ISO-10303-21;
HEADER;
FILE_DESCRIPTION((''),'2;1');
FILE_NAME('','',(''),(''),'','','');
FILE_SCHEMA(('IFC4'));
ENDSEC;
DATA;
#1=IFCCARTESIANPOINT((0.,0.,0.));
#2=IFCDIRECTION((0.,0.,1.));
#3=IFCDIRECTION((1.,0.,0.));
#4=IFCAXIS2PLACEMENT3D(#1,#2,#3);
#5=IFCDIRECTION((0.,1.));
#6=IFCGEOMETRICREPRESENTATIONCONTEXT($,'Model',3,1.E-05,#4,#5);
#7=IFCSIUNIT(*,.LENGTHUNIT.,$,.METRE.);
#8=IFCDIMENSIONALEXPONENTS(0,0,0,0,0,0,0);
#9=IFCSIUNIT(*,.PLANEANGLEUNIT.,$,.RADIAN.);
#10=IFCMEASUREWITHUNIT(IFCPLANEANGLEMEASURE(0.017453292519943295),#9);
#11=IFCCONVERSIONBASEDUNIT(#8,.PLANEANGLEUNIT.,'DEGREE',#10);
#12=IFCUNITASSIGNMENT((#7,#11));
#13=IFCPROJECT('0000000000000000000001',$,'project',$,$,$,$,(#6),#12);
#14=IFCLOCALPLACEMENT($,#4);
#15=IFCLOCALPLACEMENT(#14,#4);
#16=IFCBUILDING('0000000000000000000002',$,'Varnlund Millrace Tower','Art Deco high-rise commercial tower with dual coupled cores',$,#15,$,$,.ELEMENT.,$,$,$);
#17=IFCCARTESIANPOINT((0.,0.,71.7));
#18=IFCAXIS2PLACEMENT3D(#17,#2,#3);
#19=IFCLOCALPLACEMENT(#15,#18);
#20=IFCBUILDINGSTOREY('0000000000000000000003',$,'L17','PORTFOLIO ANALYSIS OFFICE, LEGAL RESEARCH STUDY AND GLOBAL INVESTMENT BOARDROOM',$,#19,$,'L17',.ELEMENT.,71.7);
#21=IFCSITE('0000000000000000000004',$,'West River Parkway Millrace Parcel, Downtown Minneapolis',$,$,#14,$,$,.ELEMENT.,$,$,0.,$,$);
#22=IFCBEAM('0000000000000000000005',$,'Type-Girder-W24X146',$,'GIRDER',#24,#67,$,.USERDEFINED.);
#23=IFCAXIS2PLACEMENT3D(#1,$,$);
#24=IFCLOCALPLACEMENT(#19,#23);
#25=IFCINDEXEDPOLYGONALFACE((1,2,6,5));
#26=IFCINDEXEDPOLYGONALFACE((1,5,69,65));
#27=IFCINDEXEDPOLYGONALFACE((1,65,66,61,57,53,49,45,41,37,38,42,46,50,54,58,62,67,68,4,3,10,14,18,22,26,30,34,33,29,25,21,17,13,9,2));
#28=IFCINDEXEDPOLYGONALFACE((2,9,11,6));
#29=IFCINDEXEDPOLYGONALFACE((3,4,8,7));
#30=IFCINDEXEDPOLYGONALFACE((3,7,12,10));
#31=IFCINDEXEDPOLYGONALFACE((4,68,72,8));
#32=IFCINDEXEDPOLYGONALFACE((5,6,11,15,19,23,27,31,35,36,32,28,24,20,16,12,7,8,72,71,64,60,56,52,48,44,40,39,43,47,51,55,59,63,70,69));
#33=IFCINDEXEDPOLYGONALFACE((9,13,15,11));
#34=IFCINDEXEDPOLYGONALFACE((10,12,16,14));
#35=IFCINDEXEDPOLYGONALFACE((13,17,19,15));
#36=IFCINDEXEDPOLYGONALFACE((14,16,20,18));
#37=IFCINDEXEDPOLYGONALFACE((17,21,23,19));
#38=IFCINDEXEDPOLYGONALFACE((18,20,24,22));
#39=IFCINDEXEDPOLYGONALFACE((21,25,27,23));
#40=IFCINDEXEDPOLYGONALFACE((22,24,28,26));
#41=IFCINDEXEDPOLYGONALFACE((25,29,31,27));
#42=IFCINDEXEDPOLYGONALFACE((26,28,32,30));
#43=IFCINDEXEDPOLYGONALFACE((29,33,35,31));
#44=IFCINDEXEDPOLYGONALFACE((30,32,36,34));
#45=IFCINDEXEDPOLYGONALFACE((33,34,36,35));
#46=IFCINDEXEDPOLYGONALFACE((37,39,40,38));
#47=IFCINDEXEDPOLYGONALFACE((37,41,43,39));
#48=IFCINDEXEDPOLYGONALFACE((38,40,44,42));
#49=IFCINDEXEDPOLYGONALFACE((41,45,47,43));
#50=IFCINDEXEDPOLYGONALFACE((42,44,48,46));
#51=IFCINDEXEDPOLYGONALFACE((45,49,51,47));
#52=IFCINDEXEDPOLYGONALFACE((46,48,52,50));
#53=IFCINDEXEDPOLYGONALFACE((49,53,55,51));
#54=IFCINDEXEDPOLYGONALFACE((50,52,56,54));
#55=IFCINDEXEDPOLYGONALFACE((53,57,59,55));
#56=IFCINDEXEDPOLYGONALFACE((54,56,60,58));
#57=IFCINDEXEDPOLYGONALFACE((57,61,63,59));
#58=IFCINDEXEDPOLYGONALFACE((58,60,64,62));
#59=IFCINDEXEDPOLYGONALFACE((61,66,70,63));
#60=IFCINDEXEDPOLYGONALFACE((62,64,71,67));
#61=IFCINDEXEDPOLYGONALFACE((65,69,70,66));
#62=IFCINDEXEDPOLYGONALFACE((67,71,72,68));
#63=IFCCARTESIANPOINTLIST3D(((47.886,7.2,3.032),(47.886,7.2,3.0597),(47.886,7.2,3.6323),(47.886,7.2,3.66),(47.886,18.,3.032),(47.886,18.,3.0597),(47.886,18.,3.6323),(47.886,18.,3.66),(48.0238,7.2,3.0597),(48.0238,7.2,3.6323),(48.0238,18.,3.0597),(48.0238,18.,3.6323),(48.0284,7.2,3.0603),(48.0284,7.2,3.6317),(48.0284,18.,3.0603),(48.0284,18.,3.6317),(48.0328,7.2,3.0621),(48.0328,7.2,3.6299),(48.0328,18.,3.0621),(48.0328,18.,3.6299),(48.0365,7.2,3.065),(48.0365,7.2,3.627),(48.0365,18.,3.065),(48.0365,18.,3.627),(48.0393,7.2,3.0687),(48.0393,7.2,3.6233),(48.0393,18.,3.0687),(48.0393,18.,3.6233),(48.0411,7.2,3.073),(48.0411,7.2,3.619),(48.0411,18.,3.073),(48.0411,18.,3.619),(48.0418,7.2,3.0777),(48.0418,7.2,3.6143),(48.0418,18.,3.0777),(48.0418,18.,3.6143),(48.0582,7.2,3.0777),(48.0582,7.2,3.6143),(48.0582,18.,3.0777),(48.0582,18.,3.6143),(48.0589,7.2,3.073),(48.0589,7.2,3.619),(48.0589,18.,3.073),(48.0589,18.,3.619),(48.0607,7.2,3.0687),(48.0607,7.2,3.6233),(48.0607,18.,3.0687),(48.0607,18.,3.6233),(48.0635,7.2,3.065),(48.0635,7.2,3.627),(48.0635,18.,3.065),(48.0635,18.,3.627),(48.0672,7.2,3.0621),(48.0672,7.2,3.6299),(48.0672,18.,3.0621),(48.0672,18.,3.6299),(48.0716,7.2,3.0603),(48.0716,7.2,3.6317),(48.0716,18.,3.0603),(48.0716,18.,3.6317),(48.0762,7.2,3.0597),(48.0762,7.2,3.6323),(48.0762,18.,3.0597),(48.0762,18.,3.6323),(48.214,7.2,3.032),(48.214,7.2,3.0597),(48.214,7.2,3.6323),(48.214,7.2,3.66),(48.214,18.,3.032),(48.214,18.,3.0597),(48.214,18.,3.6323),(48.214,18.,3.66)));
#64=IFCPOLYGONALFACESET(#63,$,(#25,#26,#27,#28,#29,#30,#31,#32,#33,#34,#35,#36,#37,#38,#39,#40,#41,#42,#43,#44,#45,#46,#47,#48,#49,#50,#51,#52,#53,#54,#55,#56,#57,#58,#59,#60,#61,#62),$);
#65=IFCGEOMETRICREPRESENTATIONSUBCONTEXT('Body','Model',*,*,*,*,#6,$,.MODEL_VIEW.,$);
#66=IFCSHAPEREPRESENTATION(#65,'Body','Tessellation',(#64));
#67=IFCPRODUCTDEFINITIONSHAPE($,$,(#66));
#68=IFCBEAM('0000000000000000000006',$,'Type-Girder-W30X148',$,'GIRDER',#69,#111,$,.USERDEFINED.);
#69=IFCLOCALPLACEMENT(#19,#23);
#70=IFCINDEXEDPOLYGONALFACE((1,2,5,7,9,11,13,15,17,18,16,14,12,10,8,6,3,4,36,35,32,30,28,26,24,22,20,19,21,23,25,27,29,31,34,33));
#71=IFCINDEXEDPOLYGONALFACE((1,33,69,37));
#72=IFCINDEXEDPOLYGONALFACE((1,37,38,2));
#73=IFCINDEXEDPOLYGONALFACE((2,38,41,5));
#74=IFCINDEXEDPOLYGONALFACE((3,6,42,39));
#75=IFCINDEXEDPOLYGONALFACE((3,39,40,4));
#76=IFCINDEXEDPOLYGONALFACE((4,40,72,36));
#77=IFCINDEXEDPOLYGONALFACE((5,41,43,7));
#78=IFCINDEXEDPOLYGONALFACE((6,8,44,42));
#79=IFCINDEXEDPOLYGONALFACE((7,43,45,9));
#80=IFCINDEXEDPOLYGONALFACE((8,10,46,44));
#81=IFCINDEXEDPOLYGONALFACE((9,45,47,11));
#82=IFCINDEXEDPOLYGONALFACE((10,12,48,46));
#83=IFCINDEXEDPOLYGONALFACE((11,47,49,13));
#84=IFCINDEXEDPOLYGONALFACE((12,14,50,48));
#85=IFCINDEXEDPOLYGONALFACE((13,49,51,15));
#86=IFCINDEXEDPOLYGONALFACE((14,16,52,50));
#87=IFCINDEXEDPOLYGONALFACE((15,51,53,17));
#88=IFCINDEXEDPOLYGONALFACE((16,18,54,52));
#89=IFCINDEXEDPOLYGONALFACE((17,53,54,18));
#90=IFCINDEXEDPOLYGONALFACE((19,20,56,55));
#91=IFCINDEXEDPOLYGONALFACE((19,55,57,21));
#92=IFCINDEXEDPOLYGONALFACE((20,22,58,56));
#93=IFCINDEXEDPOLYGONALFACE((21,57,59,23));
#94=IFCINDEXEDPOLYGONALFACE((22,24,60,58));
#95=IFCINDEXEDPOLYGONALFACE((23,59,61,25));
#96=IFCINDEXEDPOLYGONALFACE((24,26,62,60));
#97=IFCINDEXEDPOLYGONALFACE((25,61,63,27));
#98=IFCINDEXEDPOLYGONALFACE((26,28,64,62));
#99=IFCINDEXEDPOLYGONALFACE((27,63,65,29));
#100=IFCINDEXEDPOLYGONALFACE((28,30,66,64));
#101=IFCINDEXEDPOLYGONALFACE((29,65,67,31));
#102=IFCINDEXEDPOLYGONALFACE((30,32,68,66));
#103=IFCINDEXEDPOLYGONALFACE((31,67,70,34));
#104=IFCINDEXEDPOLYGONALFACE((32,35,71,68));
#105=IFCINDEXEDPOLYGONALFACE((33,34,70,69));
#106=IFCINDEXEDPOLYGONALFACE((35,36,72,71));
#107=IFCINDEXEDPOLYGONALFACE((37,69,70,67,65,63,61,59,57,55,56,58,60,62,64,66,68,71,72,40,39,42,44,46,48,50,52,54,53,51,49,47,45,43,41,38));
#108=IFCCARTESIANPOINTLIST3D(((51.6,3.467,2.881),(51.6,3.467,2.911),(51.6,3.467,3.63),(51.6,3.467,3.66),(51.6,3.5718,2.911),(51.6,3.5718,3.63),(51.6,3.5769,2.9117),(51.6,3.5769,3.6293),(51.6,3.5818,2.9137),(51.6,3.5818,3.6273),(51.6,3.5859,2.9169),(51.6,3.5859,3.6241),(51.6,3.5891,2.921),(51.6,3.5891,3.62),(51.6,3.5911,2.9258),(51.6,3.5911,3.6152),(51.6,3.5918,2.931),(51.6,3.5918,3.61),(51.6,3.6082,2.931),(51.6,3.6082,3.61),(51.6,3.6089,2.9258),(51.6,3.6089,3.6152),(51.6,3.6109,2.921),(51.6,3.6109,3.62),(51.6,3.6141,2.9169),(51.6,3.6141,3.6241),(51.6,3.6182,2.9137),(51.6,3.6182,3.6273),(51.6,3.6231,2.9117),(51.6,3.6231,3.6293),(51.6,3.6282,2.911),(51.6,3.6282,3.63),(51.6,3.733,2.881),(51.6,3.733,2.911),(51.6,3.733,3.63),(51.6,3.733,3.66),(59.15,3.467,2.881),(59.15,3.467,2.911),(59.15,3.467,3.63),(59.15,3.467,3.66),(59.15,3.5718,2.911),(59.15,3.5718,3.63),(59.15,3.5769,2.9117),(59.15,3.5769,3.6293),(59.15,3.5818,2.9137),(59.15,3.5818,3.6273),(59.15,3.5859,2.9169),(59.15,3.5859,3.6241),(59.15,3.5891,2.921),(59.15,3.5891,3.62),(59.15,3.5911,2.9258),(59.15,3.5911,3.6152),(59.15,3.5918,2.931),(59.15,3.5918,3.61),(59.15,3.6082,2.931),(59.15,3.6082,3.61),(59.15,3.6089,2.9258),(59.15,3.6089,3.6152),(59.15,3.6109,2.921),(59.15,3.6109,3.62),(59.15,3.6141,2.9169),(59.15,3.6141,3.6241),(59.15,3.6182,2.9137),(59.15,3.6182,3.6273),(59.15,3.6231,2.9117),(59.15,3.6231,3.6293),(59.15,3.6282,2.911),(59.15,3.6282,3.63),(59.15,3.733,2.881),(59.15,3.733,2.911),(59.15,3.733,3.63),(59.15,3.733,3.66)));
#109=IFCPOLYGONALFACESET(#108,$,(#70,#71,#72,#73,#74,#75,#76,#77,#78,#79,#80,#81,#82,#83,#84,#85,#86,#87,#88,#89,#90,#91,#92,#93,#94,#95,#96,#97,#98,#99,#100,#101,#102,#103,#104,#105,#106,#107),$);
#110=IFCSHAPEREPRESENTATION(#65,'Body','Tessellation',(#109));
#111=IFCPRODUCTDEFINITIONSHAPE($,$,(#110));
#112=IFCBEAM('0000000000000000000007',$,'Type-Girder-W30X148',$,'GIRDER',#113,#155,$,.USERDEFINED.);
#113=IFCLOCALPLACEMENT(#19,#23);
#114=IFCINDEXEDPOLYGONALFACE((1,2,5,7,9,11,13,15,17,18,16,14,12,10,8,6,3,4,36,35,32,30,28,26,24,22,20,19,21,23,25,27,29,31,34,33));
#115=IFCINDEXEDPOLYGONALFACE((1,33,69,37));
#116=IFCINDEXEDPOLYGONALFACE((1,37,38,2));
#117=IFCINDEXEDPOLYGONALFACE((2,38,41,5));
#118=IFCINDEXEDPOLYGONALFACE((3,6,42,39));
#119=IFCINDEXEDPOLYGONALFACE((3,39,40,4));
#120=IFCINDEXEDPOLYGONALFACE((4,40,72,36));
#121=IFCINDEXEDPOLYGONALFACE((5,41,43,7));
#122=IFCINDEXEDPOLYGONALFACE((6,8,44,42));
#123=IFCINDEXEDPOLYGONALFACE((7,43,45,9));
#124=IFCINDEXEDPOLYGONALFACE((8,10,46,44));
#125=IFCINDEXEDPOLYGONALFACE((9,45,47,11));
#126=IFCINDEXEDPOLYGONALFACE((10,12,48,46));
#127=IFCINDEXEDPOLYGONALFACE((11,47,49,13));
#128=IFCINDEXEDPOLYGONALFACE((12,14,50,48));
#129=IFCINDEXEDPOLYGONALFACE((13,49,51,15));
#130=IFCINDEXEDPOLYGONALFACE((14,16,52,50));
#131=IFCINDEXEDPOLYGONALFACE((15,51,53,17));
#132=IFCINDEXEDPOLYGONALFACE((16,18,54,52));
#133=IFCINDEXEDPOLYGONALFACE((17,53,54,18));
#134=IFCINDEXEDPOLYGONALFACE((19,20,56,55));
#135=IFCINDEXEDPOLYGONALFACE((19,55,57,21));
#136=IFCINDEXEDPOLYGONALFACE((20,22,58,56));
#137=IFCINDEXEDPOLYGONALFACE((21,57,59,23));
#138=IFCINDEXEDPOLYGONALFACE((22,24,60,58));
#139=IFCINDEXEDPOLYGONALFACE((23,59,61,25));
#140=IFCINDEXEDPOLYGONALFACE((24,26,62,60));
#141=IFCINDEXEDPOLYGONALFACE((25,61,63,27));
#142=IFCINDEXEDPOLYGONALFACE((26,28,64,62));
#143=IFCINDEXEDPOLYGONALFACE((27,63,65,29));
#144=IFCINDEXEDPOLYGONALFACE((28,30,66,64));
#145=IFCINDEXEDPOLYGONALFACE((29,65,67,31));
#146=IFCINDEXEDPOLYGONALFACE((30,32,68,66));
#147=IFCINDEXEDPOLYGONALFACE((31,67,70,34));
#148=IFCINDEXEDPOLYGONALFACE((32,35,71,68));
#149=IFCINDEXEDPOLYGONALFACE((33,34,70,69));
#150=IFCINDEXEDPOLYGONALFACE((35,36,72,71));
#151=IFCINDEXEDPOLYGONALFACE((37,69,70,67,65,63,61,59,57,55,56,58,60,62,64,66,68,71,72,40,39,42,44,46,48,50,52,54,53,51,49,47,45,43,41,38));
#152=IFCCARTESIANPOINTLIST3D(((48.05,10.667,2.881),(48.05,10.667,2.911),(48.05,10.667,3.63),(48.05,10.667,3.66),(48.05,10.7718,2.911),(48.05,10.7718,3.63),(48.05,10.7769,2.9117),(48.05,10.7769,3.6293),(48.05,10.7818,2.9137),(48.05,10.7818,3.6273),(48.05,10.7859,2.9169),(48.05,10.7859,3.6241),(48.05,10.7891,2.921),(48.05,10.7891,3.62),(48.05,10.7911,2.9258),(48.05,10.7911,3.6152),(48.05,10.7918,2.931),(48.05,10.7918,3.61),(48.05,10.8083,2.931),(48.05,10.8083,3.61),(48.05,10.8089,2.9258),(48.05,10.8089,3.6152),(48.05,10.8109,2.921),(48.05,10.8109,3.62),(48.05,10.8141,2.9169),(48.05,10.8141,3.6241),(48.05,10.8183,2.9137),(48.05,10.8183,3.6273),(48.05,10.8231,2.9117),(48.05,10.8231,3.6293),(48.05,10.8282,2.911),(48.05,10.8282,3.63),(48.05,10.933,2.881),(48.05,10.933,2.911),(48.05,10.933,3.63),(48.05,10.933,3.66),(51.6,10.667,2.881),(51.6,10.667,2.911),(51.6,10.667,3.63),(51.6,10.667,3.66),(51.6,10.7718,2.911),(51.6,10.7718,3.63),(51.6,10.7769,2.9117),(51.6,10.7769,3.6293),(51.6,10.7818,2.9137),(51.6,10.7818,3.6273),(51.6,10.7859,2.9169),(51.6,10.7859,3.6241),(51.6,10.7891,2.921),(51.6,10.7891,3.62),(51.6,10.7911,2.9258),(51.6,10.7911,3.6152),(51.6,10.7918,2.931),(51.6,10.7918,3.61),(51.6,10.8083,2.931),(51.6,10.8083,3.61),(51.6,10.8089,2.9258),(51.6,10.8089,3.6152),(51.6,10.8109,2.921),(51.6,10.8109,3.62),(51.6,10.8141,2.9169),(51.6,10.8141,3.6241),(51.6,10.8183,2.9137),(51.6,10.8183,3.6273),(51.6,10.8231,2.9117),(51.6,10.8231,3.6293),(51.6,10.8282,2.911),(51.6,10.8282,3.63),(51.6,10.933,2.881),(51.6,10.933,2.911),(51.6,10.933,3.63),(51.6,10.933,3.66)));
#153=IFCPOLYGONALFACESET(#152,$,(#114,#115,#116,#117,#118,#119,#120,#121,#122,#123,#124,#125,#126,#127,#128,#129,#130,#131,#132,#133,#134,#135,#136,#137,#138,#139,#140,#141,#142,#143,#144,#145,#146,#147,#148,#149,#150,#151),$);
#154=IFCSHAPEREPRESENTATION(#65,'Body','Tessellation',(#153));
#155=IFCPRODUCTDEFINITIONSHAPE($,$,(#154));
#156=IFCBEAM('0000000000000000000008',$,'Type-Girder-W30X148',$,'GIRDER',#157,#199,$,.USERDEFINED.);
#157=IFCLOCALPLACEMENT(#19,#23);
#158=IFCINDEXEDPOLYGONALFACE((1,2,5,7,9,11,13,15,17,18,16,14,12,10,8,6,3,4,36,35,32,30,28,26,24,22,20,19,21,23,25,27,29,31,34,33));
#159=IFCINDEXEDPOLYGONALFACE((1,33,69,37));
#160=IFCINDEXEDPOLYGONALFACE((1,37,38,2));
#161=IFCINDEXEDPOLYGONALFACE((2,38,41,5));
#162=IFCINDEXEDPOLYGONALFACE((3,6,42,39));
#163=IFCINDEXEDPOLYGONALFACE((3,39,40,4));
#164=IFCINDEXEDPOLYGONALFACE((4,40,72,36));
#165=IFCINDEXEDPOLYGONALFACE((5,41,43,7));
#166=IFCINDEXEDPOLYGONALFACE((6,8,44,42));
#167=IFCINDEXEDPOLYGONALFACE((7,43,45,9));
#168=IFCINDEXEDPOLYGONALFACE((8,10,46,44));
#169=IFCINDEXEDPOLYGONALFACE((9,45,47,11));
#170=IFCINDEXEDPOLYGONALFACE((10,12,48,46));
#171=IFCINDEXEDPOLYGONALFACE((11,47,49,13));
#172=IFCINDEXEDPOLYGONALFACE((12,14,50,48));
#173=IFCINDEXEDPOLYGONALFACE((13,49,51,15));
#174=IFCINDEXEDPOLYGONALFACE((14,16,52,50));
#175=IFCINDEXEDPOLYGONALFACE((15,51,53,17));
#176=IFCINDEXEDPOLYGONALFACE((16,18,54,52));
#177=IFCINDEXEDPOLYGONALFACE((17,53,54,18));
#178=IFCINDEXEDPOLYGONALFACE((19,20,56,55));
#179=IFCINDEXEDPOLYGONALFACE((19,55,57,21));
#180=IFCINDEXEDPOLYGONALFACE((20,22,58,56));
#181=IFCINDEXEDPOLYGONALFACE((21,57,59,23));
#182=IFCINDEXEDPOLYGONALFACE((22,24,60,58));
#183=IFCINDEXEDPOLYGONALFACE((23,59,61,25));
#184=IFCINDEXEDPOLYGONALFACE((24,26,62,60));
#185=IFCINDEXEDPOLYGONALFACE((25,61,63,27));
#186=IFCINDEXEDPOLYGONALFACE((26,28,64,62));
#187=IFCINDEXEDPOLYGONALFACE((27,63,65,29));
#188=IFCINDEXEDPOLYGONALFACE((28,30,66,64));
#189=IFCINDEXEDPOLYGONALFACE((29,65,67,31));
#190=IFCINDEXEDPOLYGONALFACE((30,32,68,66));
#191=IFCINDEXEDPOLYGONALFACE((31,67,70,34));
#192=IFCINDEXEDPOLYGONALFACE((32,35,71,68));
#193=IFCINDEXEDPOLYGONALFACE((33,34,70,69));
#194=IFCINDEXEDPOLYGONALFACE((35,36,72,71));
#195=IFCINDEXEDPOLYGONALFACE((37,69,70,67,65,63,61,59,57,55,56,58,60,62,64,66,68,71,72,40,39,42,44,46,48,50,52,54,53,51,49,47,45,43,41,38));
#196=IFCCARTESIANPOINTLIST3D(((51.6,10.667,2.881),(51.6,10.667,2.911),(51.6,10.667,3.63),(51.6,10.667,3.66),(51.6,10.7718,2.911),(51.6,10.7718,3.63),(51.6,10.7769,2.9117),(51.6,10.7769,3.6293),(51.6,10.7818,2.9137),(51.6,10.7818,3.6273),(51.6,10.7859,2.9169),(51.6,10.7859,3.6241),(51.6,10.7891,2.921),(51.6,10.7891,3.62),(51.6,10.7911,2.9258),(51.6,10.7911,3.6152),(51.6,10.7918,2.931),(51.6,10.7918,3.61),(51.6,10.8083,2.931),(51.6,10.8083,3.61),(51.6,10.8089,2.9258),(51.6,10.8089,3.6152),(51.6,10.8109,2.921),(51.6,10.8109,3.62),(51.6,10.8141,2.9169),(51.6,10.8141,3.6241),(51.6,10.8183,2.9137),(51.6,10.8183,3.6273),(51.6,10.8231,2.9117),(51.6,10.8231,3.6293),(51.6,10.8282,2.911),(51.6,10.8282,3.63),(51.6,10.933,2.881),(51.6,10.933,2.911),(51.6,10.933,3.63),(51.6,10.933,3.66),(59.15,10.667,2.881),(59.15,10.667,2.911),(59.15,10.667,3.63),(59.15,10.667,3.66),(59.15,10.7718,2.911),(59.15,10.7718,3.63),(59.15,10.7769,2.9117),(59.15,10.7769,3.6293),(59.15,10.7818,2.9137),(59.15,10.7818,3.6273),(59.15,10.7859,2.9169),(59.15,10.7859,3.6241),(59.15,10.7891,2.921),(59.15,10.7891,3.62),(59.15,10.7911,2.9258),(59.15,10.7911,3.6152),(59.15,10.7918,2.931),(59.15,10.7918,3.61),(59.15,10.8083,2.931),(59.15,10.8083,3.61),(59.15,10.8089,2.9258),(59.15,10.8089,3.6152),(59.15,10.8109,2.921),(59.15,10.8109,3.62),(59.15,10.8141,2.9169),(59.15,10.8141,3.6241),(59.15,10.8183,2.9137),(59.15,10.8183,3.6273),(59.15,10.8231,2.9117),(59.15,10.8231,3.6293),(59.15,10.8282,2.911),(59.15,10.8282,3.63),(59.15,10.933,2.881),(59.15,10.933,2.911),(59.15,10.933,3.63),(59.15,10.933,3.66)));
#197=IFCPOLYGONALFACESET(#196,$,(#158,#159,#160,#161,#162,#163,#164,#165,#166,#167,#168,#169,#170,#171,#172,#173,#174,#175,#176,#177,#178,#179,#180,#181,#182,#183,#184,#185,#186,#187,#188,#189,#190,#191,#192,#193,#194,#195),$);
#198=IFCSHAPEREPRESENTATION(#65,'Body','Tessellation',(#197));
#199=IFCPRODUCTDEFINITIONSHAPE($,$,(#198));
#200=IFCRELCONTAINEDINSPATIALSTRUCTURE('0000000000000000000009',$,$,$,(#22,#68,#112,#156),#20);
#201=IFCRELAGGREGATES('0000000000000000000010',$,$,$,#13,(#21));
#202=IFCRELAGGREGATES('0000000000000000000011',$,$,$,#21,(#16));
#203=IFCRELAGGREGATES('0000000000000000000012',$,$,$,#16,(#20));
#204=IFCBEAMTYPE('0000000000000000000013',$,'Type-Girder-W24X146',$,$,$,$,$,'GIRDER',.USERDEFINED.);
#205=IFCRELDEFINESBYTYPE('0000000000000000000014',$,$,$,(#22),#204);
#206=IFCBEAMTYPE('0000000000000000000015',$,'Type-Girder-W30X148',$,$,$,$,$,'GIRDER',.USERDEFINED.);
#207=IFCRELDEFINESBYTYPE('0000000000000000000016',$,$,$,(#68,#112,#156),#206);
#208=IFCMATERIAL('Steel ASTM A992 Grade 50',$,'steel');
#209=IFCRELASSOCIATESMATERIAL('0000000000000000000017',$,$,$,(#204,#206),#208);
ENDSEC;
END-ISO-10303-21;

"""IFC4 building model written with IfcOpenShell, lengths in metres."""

from ifc_helpers import new_model, entity, si_unit, converted_unit, direction, frame, origin_with_axes, origin_2d_with_axis, place, context, subcontext, project, spatial, i_section, extrude, material, material_profile, profile_set, type_object, element, save


model = new_model("IFC4")

# Units and contexts
model_context = context("Model", 3, precision=1e-05, world=origin_with_axes(), true_north=direction((0.0, 1.0)))
body_context = subcontext(model_context, "Body", "Model", "MODEL_VIEW")
ifc_project = project(units=[si_unit("LENGTHUNIT", "METRE"), converted_unit("PLANEANGLEUNIT", "DEGREE", entity("IfcPlaneAngleMeasure", 0.017453292519943295), si_unit("PLANEANGLEUNIT", "RADIAN"), dimensions=[0, 0, 0, 0, 0, 0, 0])], contexts=[model_context])

# Site, building, storey
site_placement = place(None, origin_with_axes())
site = spatial("IfcSite", under=ifc_project, at=site_placement, Name="West River Parkway Millrace Parcel, Downtown Minneapolis", CompositionType="ELEMENT", RefElevation=0.0)
building_placement = place(site_placement, origin_with_axes())
building = spatial("IfcBuilding", under=site, at=building_placement, Name="Varnlund Millrace Tower", Description="Art Deco high-rise commercial tower with dual coupled cores", CompositionType="ELEMENT")
storey_placement = place(building_placement, frame((0.0, 0.0, 71.7), z_axis=(0.0, 0.0, 1.0), x_axis=(1.0, 0.0, 0.0)))
storey = spatial("IfcBuildingStorey", under=building, at=storey_placement, Name="L17", Description="PORTFOLIO ANALYSIS OFFICE, LEGAL RESEARCH STUDY AND GLOBAL INVESTMENT BOARDROOM", LongName="L17", CompositionType="ELEMENT", Elevation=71.7)

# Beams
ifc_material_1 = material(Name="Steel ASTM A992 Grade 50", Category="steel")
ifc_material_profile_1 = material_profile(ifc_material_1, i_section(OverallWidth=0.328, OverallDepth=0.628, WebThickness=0.0165, FlangeThickness=0.0277, FilletRadius=0.018, at=origin_2d_with_axis()), Name="Steel ASTM A992 Grade 50")
ifc_profile_set_1 = profile_set([ifc_material_profile_1], Name="Steel ASTM A992 Grade 50")
beam_type_1 = type_object("IfcBeamType", Name="Type-Girder-W24X146", ElementType="GIRDER", PredefinedType="USERDEFINED", material=ifc_profile_set_1)
beam_1_placement = place(storey_placement, frame((48.05, 7.2, 3.346), z_axis=(0.0, 1.0, 0.0), x_axis=(-1.0, 0.0, 0.0)))
element("IfcBeam", 1, at=beam_1_placement, inside=storey, type_object=beam_type_1, Name="Type-Girder-W24X146", ObjectType="GIRDER", PredefinedType="USERDEFINED", context=body_context, shape_type="SweptSolid", body=[
    extrude(i_section(OverallWidth=0.328, OverallDepth=0.628, WebThickness=0.0165, FlangeThickness=0.0277, FilletRadius=0.018, at=origin_2d_with_axis()), origin_with_axes(), (0.0, 0.0, 1.0), 10.8),
])
ifc_material_profile_2 = material_profile(ifc_material_1, i_section(OverallWidth=0.266, OverallDepth=0.779, WebThickness=0.0165, FlangeThickness=0.03, FilletRadius=0.02, at=origin_2d_with_axis()), Name="Steel ASTM A992 Grade 50")
ifc_profile_set_2 = profile_set([ifc_material_profile_2], Name="Steel ASTM A992 Grade 50")
beam_type_2 = type_object("IfcBeamType", Name="Type-Girder-W30X148", ElementType="GIRDER", PredefinedType="USERDEFINED", material=ifc_profile_set_2)
beam_2_placement = place(storey_placement, frame((51.6, 3.6, 3.2705), z_axis=(1.0, 0.0, 0.0), x_axis=(0.0, 1.0, 0.0)))
element("IfcBeam", 2, at=beam_2_placement, inside=storey, type_object=beam_type_2, Name="Type-Girder-W30X148", ObjectType="GIRDER", PredefinedType="USERDEFINED", context=body_context, shape_type="SweptSolid", body=[
    extrude(i_section(OverallWidth=0.266, OverallDepth=0.779, WebThickness=0.0165, FlangeThickness=0.03, FilletRadius=0.02, at=origin_2d_with_axis()), origin_with_axes(), (0.0, 0.0, 1.0), 7.55),
])
beam_3_placement = place(storey_placement, frame((48.05, 10.8, 3.2705), z_axis=(1.0, 0.0, 0.0), x_axis=(0.0, 1.0, 0.0)))
element("IfcBeam", 3, at=beam_3_placement, inside=storey, type_object=beam_type_2, Name="Type-Girder-W30X148", ObjectType="GIRDER", PredefinedType="USERDEFINED", context=body_context, shape_type="SweptSolid", body=[
    extrude(i_section(OverallWidth=0.266, OverallDepth=0.779, WebThickness=0.0165, FlangeThickness=0.03, FilletRadius=0.02, at=origin_2d_with_axis()), origin_with_axes(), (0.0, 0.0, 1.0), 3.55),
])
beam_4_placement = place(storey_placement, frame((51.6, 10.8, 3.2705), z_axis=(1.0, 0.0, 0.0), x_axis=(0.0, 1.0, 0.0)))
element("IfcBeam", 4, at=beam_4_placement, inside=storey, type_object=beam_type_2, Name="Type-Girder-W30X148", ObjectType="GIRDER", PredefinedType="USERDEFINED", context=body_context, shape_type="SweptSolid", body=[
    extrude(i_section(OverallWidth=0.266, OverallDepth=0.779, WebThickness=0.0165, FlangeThickness=0.03, FilletRadius=0.02, at=origin_2d_with_axis()), origin_with_axes(), (0.0, 0.0, 1.0), 7.55),
])

save(model, "model.ifc")
